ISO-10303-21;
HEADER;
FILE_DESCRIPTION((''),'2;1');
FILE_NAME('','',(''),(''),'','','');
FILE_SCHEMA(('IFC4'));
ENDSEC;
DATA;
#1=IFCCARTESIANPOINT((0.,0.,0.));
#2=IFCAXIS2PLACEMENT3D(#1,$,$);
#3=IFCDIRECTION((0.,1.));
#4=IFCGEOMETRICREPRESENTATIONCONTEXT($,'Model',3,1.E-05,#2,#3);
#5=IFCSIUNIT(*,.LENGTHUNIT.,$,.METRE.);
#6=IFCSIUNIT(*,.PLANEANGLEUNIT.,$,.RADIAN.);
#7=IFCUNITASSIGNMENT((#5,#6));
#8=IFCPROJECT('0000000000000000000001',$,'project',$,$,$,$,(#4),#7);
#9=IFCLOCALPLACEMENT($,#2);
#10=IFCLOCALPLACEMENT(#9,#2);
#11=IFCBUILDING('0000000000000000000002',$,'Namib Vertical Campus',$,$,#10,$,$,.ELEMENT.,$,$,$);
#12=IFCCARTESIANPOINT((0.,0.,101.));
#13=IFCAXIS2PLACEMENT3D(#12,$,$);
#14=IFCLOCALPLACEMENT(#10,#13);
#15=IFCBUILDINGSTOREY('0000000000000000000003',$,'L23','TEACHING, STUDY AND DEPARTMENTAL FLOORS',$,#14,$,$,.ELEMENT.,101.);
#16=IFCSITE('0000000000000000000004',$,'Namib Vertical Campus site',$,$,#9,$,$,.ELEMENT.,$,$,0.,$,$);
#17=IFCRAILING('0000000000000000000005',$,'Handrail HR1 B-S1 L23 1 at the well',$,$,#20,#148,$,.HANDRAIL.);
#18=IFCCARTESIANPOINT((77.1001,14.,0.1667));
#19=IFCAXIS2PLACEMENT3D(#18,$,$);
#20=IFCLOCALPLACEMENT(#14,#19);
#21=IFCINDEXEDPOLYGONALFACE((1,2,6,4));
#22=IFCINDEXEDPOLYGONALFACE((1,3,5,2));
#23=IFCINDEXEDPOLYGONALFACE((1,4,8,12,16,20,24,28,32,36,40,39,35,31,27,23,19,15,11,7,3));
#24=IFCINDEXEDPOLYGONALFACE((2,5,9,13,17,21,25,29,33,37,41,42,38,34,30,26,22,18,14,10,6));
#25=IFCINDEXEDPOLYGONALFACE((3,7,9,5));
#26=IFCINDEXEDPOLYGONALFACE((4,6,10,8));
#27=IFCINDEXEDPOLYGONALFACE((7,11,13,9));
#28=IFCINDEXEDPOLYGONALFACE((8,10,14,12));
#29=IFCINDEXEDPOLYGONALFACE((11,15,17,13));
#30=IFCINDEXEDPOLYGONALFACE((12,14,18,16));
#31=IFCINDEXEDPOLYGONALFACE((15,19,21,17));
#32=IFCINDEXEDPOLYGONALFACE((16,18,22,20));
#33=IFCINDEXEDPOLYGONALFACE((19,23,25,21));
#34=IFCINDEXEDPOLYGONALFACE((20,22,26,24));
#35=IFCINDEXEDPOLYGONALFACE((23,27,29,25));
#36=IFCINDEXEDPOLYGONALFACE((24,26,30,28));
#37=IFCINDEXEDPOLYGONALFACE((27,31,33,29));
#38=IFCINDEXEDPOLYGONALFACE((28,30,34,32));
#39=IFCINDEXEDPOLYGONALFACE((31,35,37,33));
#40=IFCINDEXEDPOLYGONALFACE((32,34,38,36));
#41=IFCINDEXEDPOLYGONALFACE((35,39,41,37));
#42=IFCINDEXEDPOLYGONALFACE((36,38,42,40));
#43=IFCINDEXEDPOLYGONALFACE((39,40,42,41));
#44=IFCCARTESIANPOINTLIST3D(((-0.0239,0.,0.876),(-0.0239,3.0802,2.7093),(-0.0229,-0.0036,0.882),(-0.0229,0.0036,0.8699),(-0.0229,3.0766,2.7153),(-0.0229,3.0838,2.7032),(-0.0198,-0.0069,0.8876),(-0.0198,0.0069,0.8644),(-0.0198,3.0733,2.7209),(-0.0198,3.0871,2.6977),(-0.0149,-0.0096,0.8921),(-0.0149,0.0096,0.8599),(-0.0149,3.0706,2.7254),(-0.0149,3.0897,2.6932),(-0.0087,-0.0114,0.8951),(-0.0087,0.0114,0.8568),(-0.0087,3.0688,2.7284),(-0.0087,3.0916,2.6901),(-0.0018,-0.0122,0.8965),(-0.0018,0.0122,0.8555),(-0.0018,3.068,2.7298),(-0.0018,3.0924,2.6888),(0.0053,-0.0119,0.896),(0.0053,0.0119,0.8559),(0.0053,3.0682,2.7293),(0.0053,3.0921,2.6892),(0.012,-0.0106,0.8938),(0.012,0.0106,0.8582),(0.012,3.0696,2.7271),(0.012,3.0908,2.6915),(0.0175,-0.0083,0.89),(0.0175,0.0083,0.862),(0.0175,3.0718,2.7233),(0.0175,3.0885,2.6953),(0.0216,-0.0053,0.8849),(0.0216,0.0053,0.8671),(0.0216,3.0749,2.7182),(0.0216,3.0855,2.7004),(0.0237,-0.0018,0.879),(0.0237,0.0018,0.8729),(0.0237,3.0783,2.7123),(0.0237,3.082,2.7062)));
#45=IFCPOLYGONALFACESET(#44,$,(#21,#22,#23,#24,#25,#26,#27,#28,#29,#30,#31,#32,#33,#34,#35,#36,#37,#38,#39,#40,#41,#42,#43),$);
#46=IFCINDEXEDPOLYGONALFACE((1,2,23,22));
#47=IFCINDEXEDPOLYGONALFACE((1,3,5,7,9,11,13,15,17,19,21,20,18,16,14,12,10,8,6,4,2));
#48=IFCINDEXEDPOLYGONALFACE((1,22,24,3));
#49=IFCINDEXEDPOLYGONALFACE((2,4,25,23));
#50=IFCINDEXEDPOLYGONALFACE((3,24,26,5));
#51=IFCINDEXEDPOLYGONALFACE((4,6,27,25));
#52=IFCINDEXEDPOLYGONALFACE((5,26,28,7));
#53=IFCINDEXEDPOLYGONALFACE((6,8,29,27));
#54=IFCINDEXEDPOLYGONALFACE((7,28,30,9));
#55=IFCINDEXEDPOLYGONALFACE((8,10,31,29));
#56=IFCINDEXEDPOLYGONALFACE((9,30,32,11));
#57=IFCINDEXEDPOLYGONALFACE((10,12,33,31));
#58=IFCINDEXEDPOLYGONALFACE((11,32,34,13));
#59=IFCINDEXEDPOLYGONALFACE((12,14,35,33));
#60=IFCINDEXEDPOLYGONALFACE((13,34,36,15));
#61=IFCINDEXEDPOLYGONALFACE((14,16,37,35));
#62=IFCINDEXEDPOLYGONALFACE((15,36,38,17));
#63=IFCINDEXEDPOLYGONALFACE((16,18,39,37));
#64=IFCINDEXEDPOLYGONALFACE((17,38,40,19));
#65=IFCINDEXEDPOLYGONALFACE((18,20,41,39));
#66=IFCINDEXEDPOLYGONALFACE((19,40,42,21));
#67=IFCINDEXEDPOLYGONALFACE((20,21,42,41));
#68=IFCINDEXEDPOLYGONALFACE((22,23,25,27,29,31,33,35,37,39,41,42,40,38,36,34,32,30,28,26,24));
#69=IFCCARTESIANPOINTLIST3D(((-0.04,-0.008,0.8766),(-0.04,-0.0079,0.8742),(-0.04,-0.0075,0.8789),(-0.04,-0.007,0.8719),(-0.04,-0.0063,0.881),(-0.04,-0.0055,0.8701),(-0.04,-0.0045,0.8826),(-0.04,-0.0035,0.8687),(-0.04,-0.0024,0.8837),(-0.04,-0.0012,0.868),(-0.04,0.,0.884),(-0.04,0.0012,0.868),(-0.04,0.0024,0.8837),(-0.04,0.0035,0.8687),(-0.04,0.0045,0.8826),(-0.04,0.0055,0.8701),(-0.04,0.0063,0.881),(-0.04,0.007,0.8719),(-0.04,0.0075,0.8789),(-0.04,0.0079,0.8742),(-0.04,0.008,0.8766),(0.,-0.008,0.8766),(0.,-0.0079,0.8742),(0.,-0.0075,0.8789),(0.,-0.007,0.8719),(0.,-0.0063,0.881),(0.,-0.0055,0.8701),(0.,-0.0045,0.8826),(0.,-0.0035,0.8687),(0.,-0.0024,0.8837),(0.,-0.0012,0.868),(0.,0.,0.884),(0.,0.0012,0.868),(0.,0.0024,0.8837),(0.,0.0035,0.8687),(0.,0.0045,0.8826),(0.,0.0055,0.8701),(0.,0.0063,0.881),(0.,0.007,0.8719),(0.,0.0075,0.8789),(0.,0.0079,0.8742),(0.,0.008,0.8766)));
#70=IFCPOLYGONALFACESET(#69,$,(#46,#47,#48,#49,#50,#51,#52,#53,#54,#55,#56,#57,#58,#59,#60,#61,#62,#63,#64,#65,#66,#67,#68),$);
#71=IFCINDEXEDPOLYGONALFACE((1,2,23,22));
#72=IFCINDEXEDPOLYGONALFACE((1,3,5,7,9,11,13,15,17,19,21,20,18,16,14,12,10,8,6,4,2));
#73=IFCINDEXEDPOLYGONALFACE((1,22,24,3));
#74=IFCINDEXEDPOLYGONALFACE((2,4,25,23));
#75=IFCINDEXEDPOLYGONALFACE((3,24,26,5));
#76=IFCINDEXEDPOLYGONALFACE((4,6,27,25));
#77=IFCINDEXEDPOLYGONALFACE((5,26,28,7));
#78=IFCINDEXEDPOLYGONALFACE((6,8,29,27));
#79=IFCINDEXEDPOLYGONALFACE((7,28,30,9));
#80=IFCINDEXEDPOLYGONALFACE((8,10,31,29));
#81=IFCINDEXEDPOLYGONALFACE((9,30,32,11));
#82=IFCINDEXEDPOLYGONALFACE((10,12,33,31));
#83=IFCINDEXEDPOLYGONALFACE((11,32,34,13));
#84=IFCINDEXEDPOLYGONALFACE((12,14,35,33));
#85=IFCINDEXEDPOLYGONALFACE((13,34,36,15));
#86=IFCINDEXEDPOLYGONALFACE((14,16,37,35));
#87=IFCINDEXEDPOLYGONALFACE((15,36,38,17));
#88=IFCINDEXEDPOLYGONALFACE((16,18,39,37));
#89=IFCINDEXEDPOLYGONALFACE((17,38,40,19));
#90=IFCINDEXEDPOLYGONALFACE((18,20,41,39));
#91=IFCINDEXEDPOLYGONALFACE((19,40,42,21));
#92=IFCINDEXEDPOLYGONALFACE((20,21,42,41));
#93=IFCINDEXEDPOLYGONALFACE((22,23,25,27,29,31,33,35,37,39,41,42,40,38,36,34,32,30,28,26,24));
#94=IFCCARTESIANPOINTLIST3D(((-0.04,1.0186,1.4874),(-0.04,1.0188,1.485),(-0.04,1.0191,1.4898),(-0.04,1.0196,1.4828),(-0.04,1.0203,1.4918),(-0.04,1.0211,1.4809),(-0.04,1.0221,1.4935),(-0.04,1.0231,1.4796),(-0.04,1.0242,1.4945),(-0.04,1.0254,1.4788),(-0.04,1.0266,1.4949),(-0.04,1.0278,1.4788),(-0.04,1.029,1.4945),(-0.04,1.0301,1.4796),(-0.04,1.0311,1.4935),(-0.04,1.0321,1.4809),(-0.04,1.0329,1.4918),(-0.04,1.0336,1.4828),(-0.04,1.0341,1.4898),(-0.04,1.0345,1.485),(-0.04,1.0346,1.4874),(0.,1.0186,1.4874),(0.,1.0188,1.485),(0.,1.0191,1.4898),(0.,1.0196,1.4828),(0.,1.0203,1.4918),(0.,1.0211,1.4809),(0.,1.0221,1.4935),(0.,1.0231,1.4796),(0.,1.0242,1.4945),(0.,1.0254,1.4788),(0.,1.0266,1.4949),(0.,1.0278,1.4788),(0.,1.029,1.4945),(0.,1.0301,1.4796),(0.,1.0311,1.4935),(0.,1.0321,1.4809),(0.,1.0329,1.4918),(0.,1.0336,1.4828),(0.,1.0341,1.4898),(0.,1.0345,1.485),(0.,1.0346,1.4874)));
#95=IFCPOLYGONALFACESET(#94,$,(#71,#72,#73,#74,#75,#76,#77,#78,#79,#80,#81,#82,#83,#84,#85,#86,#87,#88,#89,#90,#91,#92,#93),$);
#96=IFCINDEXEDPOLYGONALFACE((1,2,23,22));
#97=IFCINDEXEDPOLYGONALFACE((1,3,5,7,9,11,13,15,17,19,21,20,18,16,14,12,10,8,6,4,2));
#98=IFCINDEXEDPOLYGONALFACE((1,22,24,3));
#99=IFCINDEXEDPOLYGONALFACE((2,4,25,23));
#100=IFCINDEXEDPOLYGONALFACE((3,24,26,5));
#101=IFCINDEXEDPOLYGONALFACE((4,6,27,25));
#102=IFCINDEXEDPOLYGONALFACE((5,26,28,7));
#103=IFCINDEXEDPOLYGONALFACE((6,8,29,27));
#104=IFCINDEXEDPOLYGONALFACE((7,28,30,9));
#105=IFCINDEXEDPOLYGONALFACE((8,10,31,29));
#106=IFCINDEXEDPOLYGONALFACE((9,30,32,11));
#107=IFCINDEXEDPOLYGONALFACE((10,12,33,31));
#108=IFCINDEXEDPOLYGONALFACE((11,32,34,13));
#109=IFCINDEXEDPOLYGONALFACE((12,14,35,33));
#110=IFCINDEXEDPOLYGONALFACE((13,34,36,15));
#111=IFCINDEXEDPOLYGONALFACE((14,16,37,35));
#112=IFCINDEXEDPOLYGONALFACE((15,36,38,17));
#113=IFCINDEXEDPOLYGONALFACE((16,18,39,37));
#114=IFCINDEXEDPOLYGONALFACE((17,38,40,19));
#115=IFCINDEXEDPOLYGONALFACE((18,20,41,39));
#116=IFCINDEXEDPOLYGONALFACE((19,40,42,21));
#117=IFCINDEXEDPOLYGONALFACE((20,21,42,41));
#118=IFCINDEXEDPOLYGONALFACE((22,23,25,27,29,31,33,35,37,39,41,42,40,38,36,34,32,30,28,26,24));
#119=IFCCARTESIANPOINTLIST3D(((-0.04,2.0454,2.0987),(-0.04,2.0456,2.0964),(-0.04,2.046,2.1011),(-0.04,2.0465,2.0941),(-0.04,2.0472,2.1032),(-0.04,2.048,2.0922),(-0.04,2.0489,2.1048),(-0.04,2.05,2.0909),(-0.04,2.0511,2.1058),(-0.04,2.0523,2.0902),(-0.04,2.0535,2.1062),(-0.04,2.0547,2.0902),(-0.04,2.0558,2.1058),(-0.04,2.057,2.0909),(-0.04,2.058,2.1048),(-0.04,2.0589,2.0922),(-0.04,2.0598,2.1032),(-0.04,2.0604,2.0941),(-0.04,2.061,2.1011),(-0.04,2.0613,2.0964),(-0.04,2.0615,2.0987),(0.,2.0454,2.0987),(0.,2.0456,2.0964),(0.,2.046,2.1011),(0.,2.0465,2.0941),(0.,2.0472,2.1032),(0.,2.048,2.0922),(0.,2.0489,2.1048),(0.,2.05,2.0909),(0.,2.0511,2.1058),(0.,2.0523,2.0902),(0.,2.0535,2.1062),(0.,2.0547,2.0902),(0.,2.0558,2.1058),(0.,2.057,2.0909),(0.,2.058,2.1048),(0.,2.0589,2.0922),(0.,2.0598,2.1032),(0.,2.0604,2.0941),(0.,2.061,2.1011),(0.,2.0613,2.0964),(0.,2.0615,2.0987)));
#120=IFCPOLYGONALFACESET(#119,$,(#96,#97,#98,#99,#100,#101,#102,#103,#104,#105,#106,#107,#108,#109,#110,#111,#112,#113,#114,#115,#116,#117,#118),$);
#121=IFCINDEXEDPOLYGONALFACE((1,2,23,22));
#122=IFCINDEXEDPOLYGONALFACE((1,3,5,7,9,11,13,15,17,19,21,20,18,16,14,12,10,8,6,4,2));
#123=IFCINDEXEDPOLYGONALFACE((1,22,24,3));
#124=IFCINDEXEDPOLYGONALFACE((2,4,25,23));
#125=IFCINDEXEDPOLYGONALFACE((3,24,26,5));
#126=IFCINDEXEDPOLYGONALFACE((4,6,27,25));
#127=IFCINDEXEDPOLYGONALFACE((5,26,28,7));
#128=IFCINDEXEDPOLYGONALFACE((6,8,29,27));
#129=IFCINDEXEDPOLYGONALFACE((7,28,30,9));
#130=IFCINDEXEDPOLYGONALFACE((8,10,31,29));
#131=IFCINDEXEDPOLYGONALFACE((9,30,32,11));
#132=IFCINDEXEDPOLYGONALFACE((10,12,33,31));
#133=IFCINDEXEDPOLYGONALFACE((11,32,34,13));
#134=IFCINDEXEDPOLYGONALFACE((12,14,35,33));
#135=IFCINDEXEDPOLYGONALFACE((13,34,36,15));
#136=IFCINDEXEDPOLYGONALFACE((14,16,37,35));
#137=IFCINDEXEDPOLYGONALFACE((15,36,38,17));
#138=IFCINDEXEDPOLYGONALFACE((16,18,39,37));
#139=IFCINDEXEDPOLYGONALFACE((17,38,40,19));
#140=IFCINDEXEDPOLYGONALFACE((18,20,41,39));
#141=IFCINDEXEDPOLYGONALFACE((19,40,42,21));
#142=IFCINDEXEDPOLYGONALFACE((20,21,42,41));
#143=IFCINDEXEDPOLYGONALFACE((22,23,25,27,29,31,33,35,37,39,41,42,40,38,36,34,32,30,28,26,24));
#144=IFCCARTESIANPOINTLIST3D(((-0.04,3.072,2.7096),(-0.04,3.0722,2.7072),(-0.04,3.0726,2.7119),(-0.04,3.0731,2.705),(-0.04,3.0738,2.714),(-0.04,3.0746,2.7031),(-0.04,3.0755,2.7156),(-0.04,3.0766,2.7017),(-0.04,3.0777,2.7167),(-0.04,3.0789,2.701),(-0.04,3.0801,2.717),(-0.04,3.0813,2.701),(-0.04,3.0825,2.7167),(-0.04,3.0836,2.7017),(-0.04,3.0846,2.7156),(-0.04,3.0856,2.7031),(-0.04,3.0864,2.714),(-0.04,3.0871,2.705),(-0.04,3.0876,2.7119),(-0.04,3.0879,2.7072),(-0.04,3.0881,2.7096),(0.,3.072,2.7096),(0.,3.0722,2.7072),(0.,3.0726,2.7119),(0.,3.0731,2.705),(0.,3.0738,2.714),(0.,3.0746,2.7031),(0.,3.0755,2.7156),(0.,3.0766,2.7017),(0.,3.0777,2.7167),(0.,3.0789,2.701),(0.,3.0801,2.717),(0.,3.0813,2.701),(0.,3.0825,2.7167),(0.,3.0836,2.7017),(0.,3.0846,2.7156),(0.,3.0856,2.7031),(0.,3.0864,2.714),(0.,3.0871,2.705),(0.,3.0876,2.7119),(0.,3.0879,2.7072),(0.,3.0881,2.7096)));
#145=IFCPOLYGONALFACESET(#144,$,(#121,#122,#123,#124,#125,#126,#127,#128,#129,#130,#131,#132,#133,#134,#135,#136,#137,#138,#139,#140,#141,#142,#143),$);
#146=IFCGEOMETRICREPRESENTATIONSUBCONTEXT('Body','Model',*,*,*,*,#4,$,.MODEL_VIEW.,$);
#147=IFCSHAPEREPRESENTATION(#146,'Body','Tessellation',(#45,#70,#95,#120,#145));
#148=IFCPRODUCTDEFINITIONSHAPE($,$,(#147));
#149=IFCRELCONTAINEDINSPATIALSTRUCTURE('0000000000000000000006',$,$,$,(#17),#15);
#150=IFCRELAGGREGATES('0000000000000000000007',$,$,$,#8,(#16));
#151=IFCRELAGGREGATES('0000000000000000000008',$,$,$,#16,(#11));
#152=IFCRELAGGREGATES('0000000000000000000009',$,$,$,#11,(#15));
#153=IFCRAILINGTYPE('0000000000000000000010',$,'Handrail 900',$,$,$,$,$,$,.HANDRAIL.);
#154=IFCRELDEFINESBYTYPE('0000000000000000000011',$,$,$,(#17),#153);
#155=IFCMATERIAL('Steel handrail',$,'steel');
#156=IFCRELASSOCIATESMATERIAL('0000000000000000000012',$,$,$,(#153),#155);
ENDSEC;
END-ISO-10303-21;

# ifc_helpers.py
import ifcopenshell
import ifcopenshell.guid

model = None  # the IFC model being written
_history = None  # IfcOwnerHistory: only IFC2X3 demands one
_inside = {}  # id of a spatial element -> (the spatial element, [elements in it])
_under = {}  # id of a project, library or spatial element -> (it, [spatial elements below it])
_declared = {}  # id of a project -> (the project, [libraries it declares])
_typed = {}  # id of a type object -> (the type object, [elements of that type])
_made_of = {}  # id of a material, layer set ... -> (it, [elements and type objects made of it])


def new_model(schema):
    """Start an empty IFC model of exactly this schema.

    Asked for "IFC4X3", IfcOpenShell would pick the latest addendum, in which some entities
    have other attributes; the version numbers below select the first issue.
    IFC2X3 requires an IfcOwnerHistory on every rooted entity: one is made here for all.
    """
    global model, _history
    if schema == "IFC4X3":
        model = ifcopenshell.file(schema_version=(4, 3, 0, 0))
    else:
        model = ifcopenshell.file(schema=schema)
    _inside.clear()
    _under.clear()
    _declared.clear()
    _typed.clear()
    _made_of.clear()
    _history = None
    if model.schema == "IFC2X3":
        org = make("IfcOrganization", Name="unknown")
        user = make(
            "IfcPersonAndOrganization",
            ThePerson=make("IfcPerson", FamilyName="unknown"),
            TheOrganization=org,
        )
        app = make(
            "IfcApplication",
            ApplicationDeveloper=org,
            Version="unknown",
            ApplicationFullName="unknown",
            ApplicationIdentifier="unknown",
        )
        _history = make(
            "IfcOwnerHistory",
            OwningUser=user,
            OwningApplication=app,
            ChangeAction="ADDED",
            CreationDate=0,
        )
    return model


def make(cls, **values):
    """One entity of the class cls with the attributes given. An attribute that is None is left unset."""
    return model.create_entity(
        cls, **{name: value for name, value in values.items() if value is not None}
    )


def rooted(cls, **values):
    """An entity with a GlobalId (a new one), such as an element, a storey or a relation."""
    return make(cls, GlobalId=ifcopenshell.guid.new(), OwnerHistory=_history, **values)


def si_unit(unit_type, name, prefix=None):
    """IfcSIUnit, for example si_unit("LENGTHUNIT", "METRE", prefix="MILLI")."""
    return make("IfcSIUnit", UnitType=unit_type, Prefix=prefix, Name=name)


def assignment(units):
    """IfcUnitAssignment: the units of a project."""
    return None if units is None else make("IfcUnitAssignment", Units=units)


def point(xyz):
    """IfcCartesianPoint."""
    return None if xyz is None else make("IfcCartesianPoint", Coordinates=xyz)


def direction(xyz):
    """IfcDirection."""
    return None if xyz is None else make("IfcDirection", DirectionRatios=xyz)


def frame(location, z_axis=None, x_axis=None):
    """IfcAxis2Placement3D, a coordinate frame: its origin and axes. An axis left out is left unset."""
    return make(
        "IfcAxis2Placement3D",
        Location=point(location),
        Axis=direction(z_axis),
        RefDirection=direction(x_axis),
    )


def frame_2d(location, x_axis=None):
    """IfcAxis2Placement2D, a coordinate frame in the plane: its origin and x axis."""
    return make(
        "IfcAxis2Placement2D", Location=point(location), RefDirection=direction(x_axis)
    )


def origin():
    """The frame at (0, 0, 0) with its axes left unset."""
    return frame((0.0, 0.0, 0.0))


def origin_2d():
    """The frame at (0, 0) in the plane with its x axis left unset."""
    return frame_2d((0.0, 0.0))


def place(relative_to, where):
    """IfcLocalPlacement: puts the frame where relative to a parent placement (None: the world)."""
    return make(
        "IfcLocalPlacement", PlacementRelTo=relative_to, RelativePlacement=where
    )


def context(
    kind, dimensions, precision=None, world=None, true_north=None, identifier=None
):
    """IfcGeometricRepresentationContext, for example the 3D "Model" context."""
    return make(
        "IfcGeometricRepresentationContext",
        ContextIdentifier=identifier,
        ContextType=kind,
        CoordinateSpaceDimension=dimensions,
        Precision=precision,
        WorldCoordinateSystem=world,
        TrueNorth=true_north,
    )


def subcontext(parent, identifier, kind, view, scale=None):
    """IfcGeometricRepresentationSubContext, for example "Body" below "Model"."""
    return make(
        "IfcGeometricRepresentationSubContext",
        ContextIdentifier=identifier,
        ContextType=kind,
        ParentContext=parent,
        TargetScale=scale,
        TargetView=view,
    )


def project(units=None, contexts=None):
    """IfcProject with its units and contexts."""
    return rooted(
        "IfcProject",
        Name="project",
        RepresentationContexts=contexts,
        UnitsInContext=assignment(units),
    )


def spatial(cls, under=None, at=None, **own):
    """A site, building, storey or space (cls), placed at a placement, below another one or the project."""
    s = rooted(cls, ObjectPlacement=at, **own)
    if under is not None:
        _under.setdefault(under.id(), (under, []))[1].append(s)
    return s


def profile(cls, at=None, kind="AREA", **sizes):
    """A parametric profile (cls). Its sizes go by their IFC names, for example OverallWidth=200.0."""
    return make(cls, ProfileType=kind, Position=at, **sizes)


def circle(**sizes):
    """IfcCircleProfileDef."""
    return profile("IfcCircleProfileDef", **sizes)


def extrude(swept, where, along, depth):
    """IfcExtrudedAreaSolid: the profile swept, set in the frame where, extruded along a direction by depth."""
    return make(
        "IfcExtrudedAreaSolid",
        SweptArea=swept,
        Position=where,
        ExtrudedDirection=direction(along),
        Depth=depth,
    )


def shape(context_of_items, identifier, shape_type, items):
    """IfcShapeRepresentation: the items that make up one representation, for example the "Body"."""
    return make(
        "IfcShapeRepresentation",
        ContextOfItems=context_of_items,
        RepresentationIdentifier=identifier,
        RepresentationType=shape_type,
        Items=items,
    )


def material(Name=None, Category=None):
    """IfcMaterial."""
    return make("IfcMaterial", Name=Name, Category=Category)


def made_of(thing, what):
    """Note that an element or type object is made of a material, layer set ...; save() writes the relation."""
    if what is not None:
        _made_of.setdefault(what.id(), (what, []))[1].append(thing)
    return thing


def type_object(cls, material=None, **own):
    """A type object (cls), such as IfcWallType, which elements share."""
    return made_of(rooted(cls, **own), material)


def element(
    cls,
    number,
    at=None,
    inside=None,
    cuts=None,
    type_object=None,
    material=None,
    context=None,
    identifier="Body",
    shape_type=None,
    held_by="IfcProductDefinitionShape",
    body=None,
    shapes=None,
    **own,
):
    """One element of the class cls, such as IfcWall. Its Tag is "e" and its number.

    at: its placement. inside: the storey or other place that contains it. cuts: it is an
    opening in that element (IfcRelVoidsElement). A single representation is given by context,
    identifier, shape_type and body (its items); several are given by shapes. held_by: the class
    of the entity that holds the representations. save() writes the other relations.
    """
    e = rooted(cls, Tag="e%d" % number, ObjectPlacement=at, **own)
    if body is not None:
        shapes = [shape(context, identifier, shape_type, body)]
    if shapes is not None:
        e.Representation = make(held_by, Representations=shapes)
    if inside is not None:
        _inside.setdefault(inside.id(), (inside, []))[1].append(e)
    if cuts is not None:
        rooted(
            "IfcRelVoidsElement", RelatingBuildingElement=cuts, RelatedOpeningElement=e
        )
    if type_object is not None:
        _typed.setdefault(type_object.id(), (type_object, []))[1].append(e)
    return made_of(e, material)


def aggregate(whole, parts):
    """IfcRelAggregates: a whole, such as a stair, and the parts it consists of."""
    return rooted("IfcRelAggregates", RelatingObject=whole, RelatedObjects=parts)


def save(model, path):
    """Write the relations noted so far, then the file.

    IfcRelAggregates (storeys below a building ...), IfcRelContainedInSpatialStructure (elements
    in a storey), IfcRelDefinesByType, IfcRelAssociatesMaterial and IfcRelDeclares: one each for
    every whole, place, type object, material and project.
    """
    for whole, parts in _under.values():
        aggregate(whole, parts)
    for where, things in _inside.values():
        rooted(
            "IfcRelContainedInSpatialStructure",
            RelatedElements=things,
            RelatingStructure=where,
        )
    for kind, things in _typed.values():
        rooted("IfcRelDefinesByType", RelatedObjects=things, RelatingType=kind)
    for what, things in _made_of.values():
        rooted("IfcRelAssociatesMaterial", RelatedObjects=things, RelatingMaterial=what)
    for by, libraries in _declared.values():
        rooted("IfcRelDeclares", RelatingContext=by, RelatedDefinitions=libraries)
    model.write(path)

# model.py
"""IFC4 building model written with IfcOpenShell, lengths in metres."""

from ifc_helpers import new_model, si_unit, direction, frame, origin, origin_2d, place, context, subcontext, project, spatial, circle, extrude, material, type_object, element, save


model = new_model("IFC4")

# Units and contexts
model_context = context("Model", 3, precision=1e-05, world=origin(), true_north=direction((0.0, 1.0)))
body_context = subcontext(model_context, "Body", "Model", "MODEL_VIEW")
ifc_project = project(units=[si_unit("LENGTHUNIT", "METRE"), si_unit("PLANEANGLEUNIT", "RADIAN")], contexts=[model_context])

# Site, building, storey
site_placement = place(None, origin())
site = spatial("IfcSite", under=ifc_project, at=site_placement, Name="Namib Vertical Campus site", CompositionType="ELEMENT", RefElevation=0.0)
building_placement = place(site_placement, origin())
building = spatial("IfcBuilding", under=site, at=building_placement, Name="Namib Vertical Campus", CompositionType="ELEMENT")
storey_placement = place(building_placement, frame((0.0, 0.0, 101.0)))
storey = spatial("IfcBuildingStorey", under=building, at=storey_placement, Name="L23", Description="TEACHING, STUDY AND DEPARTMENTAL FLOORS", CompositionType="ELEMENT", Elevation=101.0)

# Railing
ifc_material_1 = material(Name="Steel handrail", Category="steel")
railing_type = type_object("IfcRailingType", Name="Handrail 900", PredefinedType="HANDRAIL", material=ifc_material_1)
railing_placement = place(storey_placement, frame((77.1001, 14.0, 0.1667)))
element("IfcRailing", 1, at=railing_placement, inside=storey, type_object=railing_type, Name="Handrail HR1 B-S1 L23 1 at the well", PredefinedType="HANDRAIL", context=body_context, shape_type="SweptSolid", body=[
    extrude(circle(Radius=0.0239, at=origin_2d()), frame((0.0, 0.0, 0.876), z_axis=(0.0, 0.859309, 0.511458), x_axis=(-1.0, 0.0, 0.0)), (0.0, 0.0, 1.0), 3.5845),
    extrude(circle(Radius=0.0081, at=origin_2d()), frame((0.0, 0.0, 0.876), z_axis=(-1.0, 0.0, 0.0), x_axis=(0.0, 0.0, 1.0)), (0.0, 0.0, 1.0), 0.04),
    extrude(circle(Radius=0.0081, at=origin_2d()), frame((0.0, 1.0266, 1.4868), z_axis=(-1.0, 0.0, 0.0), x_axis=(0.0, 0.0, 1.0)), (0.0, 0.0, 1.0), 0.04),
    extrude(circle(Radius=0.0081, at=origin_2d()), frame((0.0, 2.0535, 2.0981), z_axis=(-1.0, 0.0, 0.0), x_axis=(0.0, 0.0, 1.0)), (0.0, 0.0, 1.0), 0.04),
    extrude(circle(Radius=0.0081, at=origin_2d()), frame((0.0, 3.0801, 2.709), z_axis=(-1.0, 0.0, 0.0), x_axis=(0.0, 0.0, 1.0)), (0.0, 0.0, 1.0), 0.04),
])

save(model, "model.ifc")
